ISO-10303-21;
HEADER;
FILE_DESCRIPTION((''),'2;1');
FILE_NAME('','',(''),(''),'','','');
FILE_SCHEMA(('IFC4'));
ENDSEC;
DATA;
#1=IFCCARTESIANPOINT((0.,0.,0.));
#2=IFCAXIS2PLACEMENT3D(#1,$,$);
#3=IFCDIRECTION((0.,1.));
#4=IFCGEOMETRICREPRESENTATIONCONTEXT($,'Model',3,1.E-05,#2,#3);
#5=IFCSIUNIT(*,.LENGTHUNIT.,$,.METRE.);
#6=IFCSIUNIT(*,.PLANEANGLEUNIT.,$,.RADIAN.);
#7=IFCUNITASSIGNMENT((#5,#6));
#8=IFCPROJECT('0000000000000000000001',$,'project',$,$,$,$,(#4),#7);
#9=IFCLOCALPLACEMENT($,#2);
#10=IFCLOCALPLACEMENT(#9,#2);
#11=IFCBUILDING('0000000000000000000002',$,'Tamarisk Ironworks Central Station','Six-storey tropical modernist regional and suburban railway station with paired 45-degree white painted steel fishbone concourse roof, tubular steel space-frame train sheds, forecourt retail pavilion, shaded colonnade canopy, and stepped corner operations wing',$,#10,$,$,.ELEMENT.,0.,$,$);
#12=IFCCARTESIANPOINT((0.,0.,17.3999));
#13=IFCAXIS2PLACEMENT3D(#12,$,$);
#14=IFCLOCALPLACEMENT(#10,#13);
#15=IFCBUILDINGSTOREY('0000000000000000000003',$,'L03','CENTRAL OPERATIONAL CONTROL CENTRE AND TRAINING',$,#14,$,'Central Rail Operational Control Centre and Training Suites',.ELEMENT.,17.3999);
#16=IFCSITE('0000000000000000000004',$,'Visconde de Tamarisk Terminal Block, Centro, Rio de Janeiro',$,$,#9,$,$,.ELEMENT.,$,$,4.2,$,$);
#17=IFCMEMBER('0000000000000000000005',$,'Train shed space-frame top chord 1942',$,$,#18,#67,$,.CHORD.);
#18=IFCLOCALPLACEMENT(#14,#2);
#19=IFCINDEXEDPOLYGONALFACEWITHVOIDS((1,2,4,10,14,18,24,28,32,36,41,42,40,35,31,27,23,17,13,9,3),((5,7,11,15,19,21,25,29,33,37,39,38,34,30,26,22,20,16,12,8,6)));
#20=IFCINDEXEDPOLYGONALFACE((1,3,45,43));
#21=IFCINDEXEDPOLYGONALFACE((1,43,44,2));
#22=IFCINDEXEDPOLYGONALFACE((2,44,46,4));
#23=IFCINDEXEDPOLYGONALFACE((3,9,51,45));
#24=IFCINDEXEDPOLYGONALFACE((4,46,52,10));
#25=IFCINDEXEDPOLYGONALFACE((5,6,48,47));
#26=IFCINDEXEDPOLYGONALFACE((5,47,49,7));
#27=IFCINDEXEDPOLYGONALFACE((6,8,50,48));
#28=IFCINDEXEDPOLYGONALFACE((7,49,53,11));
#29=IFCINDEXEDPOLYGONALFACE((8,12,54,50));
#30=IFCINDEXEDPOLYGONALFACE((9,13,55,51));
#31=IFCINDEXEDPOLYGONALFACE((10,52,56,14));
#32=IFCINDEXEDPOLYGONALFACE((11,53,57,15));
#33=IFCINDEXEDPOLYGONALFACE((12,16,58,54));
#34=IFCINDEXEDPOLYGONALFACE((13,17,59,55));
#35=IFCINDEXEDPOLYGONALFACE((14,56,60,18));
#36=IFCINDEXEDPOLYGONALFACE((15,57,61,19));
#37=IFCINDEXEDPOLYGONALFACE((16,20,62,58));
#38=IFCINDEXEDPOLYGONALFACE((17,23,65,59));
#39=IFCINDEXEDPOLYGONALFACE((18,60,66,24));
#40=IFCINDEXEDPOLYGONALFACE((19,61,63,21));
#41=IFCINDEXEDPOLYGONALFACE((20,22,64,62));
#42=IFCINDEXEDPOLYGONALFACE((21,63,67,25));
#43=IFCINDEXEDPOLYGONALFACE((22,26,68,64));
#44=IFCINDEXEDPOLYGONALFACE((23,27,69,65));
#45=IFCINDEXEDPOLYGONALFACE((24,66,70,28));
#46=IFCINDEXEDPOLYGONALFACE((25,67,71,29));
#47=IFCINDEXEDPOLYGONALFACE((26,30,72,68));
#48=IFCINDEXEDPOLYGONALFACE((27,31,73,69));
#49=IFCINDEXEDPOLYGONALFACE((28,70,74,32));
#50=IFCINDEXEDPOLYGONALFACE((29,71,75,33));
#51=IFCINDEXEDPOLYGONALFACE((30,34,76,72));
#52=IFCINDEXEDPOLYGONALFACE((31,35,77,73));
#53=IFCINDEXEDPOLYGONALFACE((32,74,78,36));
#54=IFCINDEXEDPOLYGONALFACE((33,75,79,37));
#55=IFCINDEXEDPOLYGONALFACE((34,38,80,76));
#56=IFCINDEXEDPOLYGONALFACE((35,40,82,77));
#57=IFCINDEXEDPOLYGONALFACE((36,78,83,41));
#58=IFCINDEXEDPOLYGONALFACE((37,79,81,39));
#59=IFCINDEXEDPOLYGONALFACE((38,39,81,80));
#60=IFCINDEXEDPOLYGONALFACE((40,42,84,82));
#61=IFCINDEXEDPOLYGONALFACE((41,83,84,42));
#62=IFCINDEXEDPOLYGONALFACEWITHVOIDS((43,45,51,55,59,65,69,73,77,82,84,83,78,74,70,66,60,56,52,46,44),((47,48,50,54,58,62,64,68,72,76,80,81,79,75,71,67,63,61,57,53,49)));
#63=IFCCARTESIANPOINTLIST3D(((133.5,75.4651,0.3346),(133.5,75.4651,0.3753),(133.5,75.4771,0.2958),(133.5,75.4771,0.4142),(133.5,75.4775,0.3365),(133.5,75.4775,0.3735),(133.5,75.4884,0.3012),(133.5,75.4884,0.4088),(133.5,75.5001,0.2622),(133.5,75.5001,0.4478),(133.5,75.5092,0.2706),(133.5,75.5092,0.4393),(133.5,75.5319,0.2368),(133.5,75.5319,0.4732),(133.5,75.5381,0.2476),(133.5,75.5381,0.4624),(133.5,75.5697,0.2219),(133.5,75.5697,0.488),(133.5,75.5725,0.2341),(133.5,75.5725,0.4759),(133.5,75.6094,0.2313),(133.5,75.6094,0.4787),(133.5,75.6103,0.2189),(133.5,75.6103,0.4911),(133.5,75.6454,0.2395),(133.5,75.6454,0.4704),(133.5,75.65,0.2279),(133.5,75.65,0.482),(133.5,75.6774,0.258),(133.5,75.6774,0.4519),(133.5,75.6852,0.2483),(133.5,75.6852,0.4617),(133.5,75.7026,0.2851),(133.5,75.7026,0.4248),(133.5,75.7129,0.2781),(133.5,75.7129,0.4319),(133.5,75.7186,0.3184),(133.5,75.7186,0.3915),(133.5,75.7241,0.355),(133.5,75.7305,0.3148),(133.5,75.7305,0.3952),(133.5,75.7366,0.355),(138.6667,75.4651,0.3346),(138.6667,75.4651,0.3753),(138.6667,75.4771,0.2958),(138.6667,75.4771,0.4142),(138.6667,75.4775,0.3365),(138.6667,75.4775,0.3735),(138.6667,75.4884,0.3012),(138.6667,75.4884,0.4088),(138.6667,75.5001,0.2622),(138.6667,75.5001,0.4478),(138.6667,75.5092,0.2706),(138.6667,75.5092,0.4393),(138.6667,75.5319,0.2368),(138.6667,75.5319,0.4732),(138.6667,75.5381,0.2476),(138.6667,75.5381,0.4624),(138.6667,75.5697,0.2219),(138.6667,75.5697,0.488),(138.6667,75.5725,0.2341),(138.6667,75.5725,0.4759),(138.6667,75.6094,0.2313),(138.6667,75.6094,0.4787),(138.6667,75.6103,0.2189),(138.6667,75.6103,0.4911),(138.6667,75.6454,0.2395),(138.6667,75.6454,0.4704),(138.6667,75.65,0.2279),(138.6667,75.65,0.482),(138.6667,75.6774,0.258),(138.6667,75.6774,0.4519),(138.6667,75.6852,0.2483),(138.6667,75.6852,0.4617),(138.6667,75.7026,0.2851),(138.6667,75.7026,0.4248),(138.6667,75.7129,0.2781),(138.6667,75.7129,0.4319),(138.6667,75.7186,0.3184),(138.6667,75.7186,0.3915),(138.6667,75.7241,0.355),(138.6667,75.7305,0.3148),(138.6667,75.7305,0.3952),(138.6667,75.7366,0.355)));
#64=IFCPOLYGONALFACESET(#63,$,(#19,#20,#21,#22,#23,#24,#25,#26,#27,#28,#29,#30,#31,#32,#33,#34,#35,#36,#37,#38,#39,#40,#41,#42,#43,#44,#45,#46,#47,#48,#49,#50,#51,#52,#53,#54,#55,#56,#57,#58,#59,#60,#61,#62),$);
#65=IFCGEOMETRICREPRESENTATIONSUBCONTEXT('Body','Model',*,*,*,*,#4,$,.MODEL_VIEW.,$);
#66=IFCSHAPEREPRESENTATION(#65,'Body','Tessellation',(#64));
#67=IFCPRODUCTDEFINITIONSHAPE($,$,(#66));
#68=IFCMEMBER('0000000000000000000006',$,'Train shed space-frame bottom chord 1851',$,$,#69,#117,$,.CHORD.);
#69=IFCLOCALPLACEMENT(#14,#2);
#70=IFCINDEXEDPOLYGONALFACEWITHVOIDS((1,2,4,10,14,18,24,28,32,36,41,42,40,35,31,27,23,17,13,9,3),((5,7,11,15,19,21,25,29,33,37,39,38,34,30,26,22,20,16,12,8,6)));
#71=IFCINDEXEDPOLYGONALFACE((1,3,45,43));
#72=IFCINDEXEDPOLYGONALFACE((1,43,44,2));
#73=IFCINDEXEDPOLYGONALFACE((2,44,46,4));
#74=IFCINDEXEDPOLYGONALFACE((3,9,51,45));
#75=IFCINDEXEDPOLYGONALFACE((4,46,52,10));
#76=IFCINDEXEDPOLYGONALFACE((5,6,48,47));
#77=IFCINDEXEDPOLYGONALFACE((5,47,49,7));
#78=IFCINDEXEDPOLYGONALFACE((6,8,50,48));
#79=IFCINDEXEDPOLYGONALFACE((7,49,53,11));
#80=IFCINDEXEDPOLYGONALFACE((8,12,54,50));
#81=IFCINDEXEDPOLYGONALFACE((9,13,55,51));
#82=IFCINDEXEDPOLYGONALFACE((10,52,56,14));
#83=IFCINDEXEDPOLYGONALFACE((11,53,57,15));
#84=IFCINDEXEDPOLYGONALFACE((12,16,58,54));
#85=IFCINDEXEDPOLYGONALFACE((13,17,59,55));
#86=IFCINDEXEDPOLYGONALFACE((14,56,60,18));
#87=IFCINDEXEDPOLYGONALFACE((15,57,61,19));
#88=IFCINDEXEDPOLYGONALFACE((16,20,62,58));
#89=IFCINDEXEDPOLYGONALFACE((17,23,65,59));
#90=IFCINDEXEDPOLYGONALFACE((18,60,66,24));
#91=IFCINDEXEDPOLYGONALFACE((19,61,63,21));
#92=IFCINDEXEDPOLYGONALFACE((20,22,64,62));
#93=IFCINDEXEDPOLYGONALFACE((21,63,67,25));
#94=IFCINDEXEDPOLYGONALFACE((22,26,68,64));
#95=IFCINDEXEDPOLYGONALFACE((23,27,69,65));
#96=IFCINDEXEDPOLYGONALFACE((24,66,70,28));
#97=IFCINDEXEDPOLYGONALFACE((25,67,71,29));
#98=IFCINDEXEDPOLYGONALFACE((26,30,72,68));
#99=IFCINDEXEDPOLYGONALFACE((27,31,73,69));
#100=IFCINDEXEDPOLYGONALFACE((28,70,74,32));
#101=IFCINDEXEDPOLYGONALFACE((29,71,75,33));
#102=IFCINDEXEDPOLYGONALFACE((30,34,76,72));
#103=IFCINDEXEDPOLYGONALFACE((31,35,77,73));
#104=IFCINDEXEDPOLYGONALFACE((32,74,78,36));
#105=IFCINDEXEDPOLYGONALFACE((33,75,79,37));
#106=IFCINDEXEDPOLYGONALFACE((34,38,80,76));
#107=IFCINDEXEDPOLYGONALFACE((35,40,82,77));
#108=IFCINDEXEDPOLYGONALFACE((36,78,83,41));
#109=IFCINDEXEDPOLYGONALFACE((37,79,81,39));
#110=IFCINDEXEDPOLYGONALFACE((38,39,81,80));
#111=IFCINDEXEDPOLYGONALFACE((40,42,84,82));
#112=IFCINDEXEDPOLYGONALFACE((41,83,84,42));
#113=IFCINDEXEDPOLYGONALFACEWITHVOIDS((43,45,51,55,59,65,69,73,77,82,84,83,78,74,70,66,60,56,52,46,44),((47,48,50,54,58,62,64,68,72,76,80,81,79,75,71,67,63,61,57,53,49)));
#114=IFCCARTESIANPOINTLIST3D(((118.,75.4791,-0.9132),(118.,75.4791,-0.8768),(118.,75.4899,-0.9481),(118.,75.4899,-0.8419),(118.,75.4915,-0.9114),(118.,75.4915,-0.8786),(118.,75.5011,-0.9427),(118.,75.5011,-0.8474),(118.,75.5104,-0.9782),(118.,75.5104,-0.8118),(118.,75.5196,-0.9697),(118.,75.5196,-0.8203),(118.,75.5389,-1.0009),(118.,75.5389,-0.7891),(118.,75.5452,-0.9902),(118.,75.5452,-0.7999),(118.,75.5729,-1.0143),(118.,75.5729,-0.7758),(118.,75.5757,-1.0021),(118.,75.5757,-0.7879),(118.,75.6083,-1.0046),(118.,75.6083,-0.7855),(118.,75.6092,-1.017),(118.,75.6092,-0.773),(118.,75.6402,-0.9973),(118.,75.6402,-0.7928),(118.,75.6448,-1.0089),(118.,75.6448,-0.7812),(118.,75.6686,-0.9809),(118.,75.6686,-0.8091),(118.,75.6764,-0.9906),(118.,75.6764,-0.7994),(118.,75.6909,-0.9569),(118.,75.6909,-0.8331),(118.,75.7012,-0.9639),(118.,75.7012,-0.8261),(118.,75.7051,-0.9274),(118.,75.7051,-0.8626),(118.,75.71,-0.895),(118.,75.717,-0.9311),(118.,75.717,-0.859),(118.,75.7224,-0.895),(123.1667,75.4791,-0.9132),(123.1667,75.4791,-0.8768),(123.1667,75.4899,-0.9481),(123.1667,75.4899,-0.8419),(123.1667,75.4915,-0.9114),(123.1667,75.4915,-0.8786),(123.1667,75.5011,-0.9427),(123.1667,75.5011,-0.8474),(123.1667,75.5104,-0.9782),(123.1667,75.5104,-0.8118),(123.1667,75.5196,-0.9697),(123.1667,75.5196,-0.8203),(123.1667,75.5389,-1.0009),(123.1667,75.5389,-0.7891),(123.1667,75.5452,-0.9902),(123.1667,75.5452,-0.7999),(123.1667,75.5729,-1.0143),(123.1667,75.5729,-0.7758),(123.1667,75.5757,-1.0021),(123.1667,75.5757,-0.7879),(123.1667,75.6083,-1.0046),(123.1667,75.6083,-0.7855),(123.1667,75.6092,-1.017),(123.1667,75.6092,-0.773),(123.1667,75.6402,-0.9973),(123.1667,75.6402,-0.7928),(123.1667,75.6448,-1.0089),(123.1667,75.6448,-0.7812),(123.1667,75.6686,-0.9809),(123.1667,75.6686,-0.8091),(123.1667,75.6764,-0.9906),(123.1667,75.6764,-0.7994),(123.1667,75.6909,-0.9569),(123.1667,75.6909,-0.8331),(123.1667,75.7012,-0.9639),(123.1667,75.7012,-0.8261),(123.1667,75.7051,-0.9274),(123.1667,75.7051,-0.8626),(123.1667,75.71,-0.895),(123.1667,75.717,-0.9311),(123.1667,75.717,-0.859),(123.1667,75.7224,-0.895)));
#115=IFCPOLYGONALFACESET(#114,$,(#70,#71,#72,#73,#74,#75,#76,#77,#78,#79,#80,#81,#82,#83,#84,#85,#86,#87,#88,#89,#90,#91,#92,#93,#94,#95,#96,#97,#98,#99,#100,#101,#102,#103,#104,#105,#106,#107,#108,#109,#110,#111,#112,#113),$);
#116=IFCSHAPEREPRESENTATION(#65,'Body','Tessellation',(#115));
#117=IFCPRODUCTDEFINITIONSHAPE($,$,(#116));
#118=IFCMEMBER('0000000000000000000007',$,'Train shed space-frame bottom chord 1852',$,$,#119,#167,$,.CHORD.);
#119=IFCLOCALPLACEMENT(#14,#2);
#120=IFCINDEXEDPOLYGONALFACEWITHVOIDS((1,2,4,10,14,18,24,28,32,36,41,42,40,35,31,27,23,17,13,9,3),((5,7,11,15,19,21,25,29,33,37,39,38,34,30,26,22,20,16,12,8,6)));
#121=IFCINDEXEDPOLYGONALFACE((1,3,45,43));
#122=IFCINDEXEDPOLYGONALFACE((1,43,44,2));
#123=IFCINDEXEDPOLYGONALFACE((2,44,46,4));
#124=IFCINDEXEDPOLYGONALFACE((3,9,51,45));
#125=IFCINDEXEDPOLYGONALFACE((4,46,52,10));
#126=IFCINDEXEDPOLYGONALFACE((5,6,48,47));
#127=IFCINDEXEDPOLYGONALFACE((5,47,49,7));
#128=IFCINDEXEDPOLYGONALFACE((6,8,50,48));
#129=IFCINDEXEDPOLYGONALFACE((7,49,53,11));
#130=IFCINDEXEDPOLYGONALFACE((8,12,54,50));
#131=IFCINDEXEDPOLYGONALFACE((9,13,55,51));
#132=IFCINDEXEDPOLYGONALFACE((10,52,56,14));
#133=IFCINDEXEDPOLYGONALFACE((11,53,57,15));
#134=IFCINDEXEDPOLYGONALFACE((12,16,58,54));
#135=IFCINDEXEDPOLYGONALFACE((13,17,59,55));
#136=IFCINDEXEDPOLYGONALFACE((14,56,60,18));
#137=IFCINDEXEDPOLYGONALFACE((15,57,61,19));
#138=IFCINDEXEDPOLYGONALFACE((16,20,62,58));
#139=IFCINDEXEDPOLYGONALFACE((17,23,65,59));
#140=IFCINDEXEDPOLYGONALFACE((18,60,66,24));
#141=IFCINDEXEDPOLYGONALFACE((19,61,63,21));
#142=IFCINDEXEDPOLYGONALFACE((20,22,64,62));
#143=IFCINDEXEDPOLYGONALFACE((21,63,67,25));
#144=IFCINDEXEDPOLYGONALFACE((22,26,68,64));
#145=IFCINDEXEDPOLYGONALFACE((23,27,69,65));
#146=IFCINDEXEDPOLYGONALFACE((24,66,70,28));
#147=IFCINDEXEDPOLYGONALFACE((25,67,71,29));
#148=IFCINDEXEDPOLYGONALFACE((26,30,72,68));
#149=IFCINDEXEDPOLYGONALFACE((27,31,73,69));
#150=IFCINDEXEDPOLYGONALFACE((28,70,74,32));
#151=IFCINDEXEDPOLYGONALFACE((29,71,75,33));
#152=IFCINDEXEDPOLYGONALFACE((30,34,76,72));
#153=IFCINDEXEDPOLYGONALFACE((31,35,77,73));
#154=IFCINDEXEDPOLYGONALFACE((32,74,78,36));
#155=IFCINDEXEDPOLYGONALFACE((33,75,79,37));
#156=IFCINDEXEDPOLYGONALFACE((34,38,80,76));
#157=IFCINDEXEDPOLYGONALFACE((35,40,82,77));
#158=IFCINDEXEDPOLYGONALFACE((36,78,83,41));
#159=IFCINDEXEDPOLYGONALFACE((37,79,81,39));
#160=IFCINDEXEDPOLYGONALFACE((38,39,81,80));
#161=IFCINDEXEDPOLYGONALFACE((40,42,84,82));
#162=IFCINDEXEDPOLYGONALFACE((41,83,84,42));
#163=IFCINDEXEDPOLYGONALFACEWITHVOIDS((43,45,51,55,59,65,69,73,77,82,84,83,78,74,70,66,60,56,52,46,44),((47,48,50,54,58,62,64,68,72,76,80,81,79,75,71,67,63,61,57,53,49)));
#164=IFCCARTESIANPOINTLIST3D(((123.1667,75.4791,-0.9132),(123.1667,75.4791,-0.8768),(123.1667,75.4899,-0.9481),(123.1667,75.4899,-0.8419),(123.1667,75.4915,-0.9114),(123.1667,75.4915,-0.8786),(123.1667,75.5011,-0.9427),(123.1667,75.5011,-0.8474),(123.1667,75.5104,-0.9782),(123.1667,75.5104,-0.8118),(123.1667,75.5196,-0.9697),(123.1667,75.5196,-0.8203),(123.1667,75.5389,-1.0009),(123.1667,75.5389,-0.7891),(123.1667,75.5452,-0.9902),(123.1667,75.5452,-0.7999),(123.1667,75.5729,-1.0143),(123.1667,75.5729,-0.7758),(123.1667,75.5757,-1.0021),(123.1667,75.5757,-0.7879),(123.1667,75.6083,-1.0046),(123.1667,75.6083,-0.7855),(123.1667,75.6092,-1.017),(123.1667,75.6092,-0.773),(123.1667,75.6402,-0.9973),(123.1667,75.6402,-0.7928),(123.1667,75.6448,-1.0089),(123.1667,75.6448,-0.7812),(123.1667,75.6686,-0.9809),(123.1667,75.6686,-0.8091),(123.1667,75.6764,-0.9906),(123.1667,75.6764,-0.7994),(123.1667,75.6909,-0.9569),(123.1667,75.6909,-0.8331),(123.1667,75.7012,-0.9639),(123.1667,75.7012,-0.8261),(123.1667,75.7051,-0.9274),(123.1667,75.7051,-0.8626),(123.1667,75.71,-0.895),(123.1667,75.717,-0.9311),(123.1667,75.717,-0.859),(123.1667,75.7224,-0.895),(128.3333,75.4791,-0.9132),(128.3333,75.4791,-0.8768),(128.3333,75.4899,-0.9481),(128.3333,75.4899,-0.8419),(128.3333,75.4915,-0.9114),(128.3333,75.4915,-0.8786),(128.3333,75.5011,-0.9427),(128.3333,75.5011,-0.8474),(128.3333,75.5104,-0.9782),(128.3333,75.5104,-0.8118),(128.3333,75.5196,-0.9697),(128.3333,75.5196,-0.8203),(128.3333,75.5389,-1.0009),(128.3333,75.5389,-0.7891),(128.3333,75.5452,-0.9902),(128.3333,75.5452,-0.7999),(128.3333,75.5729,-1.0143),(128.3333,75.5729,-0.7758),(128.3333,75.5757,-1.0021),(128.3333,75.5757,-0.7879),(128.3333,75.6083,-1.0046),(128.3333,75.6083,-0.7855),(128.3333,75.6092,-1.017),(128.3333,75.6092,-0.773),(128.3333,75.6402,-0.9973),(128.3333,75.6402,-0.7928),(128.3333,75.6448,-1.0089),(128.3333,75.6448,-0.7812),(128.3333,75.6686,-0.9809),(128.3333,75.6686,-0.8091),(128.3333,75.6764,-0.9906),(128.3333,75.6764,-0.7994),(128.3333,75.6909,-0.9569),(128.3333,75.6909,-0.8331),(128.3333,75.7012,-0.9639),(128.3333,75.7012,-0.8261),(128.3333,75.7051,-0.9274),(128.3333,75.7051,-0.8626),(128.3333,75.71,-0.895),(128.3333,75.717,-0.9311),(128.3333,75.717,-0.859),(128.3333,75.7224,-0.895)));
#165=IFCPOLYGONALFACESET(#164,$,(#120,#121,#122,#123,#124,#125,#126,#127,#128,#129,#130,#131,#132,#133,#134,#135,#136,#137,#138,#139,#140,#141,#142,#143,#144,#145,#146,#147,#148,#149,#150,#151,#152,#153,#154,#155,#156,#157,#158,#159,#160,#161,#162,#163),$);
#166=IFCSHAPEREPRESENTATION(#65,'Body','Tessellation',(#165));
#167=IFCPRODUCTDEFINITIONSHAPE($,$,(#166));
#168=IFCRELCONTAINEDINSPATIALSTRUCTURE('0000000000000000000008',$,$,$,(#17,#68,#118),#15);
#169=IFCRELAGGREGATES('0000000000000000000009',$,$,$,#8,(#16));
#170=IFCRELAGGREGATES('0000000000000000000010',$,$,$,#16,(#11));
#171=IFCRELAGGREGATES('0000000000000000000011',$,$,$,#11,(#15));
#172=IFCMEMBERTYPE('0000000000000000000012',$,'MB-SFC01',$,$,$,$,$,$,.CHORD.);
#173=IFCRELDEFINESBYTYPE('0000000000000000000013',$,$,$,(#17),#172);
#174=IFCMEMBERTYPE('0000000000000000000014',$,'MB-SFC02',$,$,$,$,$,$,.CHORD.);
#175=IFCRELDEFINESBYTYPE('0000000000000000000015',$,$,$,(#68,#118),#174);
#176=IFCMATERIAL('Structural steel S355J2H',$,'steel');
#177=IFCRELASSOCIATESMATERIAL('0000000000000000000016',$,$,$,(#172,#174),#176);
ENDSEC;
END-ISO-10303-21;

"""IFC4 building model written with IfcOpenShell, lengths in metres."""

from ifc_helpers import new_model, si_unit, direction, frame, origin, origin_2d, place, context, subcontext, project, spatial, hollow_circle, extrude, material, material_profile, profile_set, type_object, element, save


model = new_model("IFC4")

# Units and contexts
model_context = context("Model", 3, precision=1e-05, world=origin(), true_north=direction((0.0, 1.0)))
body_context = subcontext(model_context, "Body", "Model", "MODEL_VIEW")
ifc_project = project(units=[si_unit("LENGTHUNIT", "METRE"), si_unit("PLANEANGLEUNIT", "RADIAN")], contexts=[model_context])

# Site, building, storey
site_placement = place(None, origin())
site = spatial("IfcSite", under=ifc_project, at=site_placement, Name="Visconde de Tamarisk Terminal Block, Centro, Rio de Janeiro", CompositionType="ELEMENT", RefElevation=4.2)
building_placement = place(site_placement, origin())
building = spatial("IfcBuilding", under=site, at=building_placement, Name="Tamarisk Ironworks Central Station", Description="Six-storey tropical modernist regional and suburban railway station with paired 45-degree white painted steel fishbone concourse roof, tubular steel space-frame train sheds, forecourt retail pavilion, shaded colonnade canopy, and stepped corner operations wing", CompositionType="ELEMENT", ElevationOfRefHeight=0.0)
storey_placement = place(building_placement, frame((0.0, 0.0, 17.3999)))
storey = spatial("IfcBuildingStorey", under=building, at=storey_placement, Name="L03", Description="CENTRAL OPERATIONAL CONTROL CENTRE AND TRAINING", LongName="Central Rail Operational Control Centre and Training Suites", CompositionType="ELEMENT", Elevation=17.3999)

# Members
ifc_material_1 = material(Name="Structural steel S355J2H", Category="steel")
ifc_material_profile_1 = material_profile(ifc_material_1, hollow_circle(Radius=0.1365, WallThickness=0.0125, at=origin_2d()), Name="CHS 273x12.5")
ifc_profile_set_1 = profile_set([ifc_material_profile_1], Name="Structural steel S355J2H")
member_type_1 = type_object("IfcMemberType", Name="MB-SFC01", PredefinedType="CHORD", material=ifc_profile_set_1)
for number, where, z_axis, x_axis, name in (
    (1, (133.5, 75.6001, 0.355), (1.0, 0.0, 0.0), (0.0, 1.0, 0.0), "Train shed space-frame top chord 1942"),
):
    element("IfcMember", number, at=place(storey_placement, frame(where, z_axis=z_axis, x_axis=x_axis)), inside=storey, type_object=member_type_1, Name=name, PredefinedType="CHORD", context=body_context, shape_type="SweptSolid", body=[
        extrude(hollow_circle(Radius=0.1365, WallThickness=0.0125, at=origin_2d()), origin(), (0.0, 0.0, 1.0), 5.1667),
    ])
ifc_material_profile_2 = material_profile(ifc_material_1, hollow_circle(Radius=0.1223, WallThickness=0.0125, at=origin_2d()), Name="CHS 244.5x12.5")
ifc_profile_set_2 = profile_set([ifc_material_profile_2], Name="Structural steel S355J2H")
member_type_2 = type_object("IfcMemberType", Name="MB-SFC02", PredefinedType="CHORD", material=ifc_profile_set_2)
member_1_placement = place(storey_placement, frame((118.0, 75.6001, -0.895), z_axis=(1.0, 0.0, 0.0), x_axis=(0.0, 1.0, 0.0)))
element("IfcMember", 2, at=member_1_placement, inside=storey, type_object=member_type_2, Name="Train shed space-frame bottom chord 1851", PredefinedType="CHORD", context=body_context, shape_type="SweptSolid", body=[
    extrude(hollow_circle(Radius=0.1223, WallThickness=0.0125, at=origin_2d()), origin(), (0.0, 0.0, 1.0), 5.1667),
])
member_2_placement = place(storey_placement, frame((123.1667, 75.6001, -0.895), z_axis=(1.0, 0.0, 0.0), x_axis=(0.0, 1.0, 0.0)))
element("IfcMember", 3, at=member_2_placement, inside=storey, type_object=member_type_2, Name="Train shed space-frame bottom chord 1852", PredefinedType="CHORD", context=body_context, shape_type="SweptSolid", body=[
    extrude(hollow_circle(Radius=0.1223, WallThickness=0.0125, at=origin_2d()), origin(), (0.0, 0.0, 1.0), 5.1665),
])

save(model, "model.ifc")
